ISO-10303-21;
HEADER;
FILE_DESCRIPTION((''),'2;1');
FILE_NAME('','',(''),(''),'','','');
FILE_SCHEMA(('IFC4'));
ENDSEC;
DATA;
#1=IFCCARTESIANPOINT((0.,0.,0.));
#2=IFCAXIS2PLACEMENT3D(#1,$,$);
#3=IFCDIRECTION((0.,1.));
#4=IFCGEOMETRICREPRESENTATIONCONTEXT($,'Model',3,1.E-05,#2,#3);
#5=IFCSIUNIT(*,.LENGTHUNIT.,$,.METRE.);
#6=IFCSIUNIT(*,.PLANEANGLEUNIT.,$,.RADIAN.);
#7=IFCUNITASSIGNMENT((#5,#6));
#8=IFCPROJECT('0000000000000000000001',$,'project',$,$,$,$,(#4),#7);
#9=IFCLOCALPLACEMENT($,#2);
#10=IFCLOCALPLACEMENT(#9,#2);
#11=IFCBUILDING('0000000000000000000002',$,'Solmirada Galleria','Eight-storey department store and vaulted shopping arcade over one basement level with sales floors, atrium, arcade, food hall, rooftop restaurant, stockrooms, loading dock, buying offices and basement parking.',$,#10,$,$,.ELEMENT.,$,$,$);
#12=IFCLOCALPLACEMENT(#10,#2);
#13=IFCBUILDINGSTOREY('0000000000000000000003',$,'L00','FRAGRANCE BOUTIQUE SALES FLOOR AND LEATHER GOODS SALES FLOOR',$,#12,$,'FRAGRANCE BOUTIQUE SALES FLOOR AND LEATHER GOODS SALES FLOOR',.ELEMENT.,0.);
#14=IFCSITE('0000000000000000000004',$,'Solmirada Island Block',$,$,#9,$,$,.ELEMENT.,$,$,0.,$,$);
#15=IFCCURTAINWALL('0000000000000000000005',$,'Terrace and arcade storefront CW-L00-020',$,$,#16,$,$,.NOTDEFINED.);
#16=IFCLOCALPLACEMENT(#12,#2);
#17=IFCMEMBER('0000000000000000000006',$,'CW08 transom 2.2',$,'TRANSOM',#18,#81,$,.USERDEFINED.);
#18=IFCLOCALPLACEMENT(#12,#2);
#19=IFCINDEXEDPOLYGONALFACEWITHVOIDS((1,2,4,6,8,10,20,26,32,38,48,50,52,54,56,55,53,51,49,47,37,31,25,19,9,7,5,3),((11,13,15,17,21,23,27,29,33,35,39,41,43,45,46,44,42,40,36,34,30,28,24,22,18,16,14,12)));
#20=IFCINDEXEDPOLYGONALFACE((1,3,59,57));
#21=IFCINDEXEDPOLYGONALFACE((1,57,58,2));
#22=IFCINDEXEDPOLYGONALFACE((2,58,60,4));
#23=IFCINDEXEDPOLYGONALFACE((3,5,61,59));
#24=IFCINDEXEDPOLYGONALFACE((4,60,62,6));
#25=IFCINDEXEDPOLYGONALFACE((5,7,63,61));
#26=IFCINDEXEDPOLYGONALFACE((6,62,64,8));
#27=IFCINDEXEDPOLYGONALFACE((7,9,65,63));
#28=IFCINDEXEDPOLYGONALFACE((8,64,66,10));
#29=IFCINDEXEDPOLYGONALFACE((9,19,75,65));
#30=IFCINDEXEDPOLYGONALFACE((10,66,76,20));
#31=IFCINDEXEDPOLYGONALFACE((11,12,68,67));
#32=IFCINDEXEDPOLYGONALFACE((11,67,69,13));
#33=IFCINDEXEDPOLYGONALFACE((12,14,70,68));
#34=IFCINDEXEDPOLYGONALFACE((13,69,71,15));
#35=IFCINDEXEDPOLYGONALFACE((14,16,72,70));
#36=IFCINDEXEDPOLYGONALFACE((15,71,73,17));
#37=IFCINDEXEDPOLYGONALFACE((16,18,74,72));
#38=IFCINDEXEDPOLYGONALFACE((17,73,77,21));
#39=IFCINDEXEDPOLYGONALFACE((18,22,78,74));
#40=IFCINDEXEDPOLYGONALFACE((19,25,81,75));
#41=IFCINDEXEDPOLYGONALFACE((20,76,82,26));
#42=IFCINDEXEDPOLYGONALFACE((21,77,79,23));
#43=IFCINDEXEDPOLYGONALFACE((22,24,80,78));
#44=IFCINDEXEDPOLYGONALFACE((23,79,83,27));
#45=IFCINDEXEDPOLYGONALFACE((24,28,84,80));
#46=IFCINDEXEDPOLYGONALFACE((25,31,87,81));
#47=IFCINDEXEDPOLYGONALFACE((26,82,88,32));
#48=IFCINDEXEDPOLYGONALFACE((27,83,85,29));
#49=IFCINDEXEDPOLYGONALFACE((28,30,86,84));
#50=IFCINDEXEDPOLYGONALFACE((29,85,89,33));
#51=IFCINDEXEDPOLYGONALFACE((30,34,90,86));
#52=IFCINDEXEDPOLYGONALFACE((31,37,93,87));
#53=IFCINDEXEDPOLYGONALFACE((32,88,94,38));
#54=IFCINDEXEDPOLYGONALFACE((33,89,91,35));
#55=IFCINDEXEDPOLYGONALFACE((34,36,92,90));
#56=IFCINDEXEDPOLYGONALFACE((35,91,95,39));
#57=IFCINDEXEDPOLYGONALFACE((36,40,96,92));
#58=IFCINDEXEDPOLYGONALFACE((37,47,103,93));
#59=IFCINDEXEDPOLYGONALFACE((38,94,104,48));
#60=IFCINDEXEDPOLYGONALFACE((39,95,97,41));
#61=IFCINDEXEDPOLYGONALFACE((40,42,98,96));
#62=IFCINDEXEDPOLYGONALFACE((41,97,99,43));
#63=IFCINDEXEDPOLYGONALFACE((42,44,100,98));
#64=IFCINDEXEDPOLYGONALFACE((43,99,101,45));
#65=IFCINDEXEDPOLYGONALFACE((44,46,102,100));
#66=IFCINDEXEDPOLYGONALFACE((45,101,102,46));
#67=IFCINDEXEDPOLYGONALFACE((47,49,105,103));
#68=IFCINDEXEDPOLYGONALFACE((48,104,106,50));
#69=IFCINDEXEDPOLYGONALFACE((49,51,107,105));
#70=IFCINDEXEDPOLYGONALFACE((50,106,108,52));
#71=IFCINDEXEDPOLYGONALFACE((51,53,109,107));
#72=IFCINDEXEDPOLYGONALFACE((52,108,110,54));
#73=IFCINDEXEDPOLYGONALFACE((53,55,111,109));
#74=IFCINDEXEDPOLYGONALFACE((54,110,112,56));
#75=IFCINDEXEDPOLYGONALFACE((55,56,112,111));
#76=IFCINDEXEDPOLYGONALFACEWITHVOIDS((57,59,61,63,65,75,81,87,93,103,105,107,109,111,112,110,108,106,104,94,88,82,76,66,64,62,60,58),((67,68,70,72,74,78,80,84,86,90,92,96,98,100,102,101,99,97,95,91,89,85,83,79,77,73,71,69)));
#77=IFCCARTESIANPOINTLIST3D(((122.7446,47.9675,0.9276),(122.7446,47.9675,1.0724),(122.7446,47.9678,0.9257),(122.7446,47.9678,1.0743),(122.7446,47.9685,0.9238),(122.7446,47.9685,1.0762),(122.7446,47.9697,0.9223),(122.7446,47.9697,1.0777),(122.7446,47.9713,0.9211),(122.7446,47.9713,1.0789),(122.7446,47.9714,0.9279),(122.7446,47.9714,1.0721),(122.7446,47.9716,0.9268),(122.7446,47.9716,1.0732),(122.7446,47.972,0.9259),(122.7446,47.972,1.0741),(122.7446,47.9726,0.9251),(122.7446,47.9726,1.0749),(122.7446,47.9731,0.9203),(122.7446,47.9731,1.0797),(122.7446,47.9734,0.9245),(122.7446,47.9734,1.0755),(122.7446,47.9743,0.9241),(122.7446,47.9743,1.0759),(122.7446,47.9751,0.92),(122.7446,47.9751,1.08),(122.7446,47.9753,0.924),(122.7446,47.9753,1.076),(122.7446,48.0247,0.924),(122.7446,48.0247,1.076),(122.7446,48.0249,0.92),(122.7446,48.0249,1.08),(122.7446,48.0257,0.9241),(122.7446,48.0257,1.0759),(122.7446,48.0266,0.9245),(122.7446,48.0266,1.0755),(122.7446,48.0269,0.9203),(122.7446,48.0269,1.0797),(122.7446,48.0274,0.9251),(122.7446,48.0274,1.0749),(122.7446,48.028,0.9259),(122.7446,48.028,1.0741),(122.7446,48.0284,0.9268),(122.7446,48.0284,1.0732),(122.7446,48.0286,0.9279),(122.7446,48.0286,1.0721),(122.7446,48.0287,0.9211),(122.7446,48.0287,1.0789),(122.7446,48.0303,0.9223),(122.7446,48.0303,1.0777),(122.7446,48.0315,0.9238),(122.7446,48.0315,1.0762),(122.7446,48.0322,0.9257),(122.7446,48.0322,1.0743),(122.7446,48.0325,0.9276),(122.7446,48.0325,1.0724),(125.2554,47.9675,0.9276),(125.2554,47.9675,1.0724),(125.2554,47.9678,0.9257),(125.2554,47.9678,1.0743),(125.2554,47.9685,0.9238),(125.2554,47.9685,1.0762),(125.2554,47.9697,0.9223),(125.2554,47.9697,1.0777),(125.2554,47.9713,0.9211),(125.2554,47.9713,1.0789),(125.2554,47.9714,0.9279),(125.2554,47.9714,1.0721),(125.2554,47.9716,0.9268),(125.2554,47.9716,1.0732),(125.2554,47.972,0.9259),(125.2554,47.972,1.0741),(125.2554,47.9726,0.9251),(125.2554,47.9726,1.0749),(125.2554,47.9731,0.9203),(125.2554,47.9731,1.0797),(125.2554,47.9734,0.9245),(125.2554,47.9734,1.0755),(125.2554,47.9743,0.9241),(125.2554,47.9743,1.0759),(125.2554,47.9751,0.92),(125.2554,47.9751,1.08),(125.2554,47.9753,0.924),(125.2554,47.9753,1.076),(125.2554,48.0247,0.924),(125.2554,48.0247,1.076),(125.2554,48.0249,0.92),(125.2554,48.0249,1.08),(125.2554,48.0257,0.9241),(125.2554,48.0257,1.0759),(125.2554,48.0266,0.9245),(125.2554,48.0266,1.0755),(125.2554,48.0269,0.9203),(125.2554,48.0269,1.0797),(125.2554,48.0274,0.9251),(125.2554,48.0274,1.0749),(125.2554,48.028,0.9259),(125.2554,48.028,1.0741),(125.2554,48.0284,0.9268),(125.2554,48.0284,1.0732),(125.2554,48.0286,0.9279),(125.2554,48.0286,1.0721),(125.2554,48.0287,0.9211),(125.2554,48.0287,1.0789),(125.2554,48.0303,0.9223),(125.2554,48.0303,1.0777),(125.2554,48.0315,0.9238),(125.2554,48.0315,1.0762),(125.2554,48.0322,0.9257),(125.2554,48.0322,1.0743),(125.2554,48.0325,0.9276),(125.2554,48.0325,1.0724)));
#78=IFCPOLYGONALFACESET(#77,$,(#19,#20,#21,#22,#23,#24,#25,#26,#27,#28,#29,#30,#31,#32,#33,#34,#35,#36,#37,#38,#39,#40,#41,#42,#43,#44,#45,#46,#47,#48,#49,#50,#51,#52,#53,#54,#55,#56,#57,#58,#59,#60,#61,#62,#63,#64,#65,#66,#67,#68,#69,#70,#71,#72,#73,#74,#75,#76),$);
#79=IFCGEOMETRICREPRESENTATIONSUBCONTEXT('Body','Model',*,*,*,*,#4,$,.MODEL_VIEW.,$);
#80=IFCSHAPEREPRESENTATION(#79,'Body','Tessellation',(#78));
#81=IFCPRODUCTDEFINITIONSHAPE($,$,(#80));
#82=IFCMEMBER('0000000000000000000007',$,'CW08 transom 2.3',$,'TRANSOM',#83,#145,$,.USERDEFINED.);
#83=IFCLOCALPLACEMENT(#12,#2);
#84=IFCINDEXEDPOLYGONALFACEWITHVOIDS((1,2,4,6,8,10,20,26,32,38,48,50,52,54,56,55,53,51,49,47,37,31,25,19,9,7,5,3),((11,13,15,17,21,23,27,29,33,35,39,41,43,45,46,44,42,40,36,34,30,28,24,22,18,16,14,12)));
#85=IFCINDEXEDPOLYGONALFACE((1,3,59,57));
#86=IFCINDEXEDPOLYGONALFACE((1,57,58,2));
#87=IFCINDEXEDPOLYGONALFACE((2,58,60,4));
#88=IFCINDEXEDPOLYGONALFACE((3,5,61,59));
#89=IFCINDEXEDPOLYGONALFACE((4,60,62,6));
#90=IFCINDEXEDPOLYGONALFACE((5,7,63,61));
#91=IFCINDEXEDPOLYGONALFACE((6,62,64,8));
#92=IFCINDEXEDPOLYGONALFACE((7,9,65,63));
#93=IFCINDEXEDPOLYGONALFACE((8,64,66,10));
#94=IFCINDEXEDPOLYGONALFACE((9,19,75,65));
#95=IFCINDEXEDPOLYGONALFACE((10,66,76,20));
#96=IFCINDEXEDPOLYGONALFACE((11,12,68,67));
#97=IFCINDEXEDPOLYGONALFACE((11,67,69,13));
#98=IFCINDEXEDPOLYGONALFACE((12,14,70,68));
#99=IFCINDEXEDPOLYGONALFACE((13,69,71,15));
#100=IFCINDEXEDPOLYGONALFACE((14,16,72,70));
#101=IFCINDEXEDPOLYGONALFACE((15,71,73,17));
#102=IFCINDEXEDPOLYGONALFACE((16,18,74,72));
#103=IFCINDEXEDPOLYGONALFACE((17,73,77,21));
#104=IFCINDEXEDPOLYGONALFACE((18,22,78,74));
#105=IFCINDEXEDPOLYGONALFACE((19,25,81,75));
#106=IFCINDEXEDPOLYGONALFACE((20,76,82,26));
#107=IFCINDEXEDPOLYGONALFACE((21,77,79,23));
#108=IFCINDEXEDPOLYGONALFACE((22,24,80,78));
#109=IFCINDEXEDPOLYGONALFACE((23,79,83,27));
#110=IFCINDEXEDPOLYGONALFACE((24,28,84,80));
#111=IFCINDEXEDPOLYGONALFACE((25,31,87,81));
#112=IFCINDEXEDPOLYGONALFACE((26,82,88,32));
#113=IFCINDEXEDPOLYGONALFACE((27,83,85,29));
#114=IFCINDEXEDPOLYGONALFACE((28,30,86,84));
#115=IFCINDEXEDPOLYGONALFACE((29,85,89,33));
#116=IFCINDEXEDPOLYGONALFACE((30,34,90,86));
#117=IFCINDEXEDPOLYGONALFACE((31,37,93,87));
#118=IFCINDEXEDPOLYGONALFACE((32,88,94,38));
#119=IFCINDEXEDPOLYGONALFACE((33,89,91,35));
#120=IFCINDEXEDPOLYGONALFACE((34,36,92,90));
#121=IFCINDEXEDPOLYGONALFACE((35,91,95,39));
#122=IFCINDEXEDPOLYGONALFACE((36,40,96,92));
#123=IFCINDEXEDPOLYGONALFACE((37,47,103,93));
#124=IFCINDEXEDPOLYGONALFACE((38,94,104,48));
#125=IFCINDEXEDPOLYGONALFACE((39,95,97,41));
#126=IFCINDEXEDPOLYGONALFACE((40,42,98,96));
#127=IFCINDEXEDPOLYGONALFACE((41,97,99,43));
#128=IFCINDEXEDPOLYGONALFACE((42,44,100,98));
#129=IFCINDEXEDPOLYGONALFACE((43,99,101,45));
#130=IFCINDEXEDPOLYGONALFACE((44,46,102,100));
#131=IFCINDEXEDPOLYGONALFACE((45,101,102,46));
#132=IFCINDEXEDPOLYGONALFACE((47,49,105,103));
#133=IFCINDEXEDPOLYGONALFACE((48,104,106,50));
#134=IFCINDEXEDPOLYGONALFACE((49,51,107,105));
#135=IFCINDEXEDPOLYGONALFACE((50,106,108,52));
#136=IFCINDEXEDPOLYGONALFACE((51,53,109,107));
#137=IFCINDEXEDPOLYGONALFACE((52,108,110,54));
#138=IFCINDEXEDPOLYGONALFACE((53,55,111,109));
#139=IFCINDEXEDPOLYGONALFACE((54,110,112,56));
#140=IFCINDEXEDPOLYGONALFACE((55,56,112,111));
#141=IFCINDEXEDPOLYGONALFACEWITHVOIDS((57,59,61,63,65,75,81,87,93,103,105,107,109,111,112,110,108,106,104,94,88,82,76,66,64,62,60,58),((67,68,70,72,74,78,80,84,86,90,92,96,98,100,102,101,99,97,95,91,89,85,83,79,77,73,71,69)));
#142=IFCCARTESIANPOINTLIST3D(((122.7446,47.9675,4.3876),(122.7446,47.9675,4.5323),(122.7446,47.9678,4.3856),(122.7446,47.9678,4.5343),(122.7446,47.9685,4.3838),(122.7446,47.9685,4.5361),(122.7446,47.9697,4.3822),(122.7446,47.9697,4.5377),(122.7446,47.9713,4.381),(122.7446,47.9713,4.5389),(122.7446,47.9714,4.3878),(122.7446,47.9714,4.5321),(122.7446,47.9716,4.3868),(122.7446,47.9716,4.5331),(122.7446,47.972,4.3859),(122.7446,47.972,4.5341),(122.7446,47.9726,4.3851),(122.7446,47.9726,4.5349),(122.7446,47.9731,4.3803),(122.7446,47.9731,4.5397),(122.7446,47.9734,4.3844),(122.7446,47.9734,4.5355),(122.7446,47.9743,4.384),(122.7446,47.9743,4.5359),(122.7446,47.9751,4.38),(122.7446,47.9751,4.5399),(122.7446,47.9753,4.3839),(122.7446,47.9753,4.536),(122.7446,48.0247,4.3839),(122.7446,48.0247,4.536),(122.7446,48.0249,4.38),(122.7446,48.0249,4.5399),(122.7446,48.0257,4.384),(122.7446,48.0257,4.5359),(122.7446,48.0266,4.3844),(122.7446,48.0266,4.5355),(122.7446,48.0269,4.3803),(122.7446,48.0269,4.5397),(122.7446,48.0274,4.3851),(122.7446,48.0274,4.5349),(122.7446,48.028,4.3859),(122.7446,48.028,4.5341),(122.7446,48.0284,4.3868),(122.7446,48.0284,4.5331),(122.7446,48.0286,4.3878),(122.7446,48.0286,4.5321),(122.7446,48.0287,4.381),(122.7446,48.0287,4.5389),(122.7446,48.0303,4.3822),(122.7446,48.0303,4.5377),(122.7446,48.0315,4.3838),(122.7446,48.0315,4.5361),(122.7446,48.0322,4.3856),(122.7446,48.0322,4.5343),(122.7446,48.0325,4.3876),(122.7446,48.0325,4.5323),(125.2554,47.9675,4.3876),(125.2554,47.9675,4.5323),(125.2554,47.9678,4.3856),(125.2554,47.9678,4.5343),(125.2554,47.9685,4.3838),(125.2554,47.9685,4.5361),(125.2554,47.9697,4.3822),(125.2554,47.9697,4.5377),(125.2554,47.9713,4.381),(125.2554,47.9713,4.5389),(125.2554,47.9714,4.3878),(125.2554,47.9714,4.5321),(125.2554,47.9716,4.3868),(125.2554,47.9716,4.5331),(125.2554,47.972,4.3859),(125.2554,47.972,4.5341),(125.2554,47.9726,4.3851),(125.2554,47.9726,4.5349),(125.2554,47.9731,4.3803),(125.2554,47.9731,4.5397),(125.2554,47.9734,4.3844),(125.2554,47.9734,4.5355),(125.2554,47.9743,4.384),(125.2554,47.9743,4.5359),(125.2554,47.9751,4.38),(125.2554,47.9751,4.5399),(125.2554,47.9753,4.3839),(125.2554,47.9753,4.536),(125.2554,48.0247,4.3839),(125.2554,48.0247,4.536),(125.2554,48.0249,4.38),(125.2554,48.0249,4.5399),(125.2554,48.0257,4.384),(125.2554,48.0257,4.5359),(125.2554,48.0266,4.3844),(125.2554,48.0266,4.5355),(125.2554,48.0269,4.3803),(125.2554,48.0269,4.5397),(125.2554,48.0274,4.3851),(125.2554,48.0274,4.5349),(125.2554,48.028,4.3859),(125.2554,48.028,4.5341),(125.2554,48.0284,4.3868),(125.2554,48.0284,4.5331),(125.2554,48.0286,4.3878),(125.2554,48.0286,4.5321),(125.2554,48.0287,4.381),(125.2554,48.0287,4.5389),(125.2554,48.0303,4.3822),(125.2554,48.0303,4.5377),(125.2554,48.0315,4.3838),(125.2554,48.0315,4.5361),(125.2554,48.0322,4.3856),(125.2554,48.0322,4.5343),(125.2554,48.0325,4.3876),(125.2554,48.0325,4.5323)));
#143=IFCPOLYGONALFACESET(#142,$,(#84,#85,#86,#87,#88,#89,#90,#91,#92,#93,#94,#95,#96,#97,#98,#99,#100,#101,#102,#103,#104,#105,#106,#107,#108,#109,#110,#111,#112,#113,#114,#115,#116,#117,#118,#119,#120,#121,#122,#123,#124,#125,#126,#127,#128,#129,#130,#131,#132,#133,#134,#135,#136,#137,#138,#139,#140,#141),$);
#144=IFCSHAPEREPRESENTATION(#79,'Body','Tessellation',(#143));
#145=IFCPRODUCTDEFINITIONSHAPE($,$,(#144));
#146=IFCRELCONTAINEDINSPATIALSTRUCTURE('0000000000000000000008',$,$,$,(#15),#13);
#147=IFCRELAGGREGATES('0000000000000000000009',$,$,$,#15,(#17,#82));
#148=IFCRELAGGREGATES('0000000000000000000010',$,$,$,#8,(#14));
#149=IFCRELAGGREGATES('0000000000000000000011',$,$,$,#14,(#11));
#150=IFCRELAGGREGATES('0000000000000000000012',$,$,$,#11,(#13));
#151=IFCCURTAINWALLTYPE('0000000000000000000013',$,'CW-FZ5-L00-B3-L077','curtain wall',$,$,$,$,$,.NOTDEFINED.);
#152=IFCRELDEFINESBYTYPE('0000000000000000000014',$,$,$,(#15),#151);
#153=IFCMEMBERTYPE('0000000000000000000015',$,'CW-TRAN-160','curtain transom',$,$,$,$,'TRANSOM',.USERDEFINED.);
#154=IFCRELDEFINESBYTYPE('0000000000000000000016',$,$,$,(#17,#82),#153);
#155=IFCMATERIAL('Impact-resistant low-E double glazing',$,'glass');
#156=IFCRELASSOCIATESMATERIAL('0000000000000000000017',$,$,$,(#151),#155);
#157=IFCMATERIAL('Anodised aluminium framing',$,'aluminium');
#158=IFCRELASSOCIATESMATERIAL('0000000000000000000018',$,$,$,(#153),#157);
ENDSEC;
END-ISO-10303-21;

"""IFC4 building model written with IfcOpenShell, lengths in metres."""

from ifc_helpers import new_model, si_unit, direction, frame, origin, origin_2d, place, context, subcontext, project, spatial, hollow_rectangle, extrude, material, material_profile, profile_set, type_object, element, aggregate, save


model = new_model("IFC4")

# Units and contexts
model_context = context("Model", 3, precision=1e-05, world=origin(), true_north=direction((0.0, 1.0)))
body_context = subcontext(model_context, "Body", "Model", "MODEL_VIEW")
ifc_project = project(units=[si_unit("LENGTHUNIT", "METRE"), si_unit("PLANEANGLEUNIT", "RADIAN")], contexts=[model_context])

# Site, building, storey
site_placement = place(None, origin())
site = spatial("IfcSite", under=ifc_project, at=site_placement, Name="Solmirada Island Block", CompositionType="ELEMENT", RefElevation=0.0)
building_placement = place(site_placement, origin())
building = spatial("IfcBuilding", under=site, at=building_placement, Name="Solmirada Galleria", Description="Eight-storey department store and vaulted shopping arcade over one basement level with sales floors, atrium, arcade, food hall, rooftop restaurant, stockrooms, loading dock, buying offices and basement parking.", CompositionType="ELEMENT")
storey_placement = place(building_placement, origin())
storey = spatial("IfcBuildingStorey", under=building, at=storey_placement, Name="L00", Description="FRAGRANCE BOUTIQUE SALES FLOOR AND LEATHER GOODS SALES FLOOR", LongName="FRAGRANCE BOUTIQUE SALES FLOOR AND LEATHER GOODS SALES FLOOR", CompositionType="ELEMENT", Elevation=0.0)

# Curtain wall
ifc_material_1 = material(Name="Impact-resistant low-E double glazing", Category="glass")
curtain_wall_type = type_object("IfcCurtainWallType", Name="CW-FZ5-L00-B3-L077", Description="curtain wall", PredefinedType="NOTDEFINED", material=ifc_material_1)
curtain_wall_1_placement = place(storey_placement, origin())
curtain_wall_1 = element("IfcCurtainWall", 1, at=curtain_wall_1_placement, inside=storey, type_object=curtain_wall_type, Name="Terrace and arcade storefront CW-L00-020", PredefinedType="NOTDEFINED")
ifc_material_2 = material(Name="Anodised aluminium framing", Category="aluminium")

# Members
ifc_material_profile_1 = material_profile(ifc_material_2, hollow_rectangle(XDim=0.0649, YDim=0.1599, WallThickness=0.0039, InnerFilletRadius=0.0039, OuterFilletRadius=0.0076, at=origin_2d()), Name="ALU-TRAN-160X65")
ifc_profile_set_1 = profile_set([ifc_material_profile_1], Name="Anodised aluminium framing")
member_type_1 = type_object("IfcMemberType", Name="CW-TRAN-160", Description="curtain transom", ElementType="TRANSOM", PredefinedType="USERDEFINED", material=ifc_profile_set_1)
member_1_placement = place(storey_placement, frame((122.7446, 48.0, 1.0), z_axis=(1.0, 0.0, 0.0), x_axis=(0.0, 1.0, 0.0)))
member_1 = element("IfcMember", 2, at=member_1_placement, type_object=member_type_1, Name="CW08 transom 2.2", ObjectType="TRANSOM", PredefinedType="USERDEFINED", context=body_context, shape_type="SweptSolid", body=[
    extrude(hollow_rectangle(XDim=0.0649, YDim=0.1599, WallThickness=0.0039, InnerFilletRadius=0.0039, OuterFilletRadius=0.0076, at=origin_2d()), origin(), (0.0, 0.0, 1.0), 2.5107),
])
member_2_placement = place(storey_placement, frame((122.7446, 48.0, 4.46), z_axis=(1.0, 0.0, 0.0), x_axis=(0.0, 1.0, 0.0)))
member_2 = element("IfcMember", 3, at=member_2_placement, type_object=member_type_1, Name="CW08 transom 2.3", ObjectType="TRANSOM", PredefinedType="USERDEFINED", context=body_context, shape_type="SweptSolid", body=[
    extrude(hollow_rectangle(XDim=0.0649, YDim=0.1599, WallThickness=0.0039, InnerFilletRadius=0.0039, OuterFilletRadius=0.0076, at=origin_2d()), origin(), (0.0, 0.0, 1.0), 2.5107),
])

aggregate(curtain_wall_1, [member_1, member_2])

save(model, "model.ifc")
